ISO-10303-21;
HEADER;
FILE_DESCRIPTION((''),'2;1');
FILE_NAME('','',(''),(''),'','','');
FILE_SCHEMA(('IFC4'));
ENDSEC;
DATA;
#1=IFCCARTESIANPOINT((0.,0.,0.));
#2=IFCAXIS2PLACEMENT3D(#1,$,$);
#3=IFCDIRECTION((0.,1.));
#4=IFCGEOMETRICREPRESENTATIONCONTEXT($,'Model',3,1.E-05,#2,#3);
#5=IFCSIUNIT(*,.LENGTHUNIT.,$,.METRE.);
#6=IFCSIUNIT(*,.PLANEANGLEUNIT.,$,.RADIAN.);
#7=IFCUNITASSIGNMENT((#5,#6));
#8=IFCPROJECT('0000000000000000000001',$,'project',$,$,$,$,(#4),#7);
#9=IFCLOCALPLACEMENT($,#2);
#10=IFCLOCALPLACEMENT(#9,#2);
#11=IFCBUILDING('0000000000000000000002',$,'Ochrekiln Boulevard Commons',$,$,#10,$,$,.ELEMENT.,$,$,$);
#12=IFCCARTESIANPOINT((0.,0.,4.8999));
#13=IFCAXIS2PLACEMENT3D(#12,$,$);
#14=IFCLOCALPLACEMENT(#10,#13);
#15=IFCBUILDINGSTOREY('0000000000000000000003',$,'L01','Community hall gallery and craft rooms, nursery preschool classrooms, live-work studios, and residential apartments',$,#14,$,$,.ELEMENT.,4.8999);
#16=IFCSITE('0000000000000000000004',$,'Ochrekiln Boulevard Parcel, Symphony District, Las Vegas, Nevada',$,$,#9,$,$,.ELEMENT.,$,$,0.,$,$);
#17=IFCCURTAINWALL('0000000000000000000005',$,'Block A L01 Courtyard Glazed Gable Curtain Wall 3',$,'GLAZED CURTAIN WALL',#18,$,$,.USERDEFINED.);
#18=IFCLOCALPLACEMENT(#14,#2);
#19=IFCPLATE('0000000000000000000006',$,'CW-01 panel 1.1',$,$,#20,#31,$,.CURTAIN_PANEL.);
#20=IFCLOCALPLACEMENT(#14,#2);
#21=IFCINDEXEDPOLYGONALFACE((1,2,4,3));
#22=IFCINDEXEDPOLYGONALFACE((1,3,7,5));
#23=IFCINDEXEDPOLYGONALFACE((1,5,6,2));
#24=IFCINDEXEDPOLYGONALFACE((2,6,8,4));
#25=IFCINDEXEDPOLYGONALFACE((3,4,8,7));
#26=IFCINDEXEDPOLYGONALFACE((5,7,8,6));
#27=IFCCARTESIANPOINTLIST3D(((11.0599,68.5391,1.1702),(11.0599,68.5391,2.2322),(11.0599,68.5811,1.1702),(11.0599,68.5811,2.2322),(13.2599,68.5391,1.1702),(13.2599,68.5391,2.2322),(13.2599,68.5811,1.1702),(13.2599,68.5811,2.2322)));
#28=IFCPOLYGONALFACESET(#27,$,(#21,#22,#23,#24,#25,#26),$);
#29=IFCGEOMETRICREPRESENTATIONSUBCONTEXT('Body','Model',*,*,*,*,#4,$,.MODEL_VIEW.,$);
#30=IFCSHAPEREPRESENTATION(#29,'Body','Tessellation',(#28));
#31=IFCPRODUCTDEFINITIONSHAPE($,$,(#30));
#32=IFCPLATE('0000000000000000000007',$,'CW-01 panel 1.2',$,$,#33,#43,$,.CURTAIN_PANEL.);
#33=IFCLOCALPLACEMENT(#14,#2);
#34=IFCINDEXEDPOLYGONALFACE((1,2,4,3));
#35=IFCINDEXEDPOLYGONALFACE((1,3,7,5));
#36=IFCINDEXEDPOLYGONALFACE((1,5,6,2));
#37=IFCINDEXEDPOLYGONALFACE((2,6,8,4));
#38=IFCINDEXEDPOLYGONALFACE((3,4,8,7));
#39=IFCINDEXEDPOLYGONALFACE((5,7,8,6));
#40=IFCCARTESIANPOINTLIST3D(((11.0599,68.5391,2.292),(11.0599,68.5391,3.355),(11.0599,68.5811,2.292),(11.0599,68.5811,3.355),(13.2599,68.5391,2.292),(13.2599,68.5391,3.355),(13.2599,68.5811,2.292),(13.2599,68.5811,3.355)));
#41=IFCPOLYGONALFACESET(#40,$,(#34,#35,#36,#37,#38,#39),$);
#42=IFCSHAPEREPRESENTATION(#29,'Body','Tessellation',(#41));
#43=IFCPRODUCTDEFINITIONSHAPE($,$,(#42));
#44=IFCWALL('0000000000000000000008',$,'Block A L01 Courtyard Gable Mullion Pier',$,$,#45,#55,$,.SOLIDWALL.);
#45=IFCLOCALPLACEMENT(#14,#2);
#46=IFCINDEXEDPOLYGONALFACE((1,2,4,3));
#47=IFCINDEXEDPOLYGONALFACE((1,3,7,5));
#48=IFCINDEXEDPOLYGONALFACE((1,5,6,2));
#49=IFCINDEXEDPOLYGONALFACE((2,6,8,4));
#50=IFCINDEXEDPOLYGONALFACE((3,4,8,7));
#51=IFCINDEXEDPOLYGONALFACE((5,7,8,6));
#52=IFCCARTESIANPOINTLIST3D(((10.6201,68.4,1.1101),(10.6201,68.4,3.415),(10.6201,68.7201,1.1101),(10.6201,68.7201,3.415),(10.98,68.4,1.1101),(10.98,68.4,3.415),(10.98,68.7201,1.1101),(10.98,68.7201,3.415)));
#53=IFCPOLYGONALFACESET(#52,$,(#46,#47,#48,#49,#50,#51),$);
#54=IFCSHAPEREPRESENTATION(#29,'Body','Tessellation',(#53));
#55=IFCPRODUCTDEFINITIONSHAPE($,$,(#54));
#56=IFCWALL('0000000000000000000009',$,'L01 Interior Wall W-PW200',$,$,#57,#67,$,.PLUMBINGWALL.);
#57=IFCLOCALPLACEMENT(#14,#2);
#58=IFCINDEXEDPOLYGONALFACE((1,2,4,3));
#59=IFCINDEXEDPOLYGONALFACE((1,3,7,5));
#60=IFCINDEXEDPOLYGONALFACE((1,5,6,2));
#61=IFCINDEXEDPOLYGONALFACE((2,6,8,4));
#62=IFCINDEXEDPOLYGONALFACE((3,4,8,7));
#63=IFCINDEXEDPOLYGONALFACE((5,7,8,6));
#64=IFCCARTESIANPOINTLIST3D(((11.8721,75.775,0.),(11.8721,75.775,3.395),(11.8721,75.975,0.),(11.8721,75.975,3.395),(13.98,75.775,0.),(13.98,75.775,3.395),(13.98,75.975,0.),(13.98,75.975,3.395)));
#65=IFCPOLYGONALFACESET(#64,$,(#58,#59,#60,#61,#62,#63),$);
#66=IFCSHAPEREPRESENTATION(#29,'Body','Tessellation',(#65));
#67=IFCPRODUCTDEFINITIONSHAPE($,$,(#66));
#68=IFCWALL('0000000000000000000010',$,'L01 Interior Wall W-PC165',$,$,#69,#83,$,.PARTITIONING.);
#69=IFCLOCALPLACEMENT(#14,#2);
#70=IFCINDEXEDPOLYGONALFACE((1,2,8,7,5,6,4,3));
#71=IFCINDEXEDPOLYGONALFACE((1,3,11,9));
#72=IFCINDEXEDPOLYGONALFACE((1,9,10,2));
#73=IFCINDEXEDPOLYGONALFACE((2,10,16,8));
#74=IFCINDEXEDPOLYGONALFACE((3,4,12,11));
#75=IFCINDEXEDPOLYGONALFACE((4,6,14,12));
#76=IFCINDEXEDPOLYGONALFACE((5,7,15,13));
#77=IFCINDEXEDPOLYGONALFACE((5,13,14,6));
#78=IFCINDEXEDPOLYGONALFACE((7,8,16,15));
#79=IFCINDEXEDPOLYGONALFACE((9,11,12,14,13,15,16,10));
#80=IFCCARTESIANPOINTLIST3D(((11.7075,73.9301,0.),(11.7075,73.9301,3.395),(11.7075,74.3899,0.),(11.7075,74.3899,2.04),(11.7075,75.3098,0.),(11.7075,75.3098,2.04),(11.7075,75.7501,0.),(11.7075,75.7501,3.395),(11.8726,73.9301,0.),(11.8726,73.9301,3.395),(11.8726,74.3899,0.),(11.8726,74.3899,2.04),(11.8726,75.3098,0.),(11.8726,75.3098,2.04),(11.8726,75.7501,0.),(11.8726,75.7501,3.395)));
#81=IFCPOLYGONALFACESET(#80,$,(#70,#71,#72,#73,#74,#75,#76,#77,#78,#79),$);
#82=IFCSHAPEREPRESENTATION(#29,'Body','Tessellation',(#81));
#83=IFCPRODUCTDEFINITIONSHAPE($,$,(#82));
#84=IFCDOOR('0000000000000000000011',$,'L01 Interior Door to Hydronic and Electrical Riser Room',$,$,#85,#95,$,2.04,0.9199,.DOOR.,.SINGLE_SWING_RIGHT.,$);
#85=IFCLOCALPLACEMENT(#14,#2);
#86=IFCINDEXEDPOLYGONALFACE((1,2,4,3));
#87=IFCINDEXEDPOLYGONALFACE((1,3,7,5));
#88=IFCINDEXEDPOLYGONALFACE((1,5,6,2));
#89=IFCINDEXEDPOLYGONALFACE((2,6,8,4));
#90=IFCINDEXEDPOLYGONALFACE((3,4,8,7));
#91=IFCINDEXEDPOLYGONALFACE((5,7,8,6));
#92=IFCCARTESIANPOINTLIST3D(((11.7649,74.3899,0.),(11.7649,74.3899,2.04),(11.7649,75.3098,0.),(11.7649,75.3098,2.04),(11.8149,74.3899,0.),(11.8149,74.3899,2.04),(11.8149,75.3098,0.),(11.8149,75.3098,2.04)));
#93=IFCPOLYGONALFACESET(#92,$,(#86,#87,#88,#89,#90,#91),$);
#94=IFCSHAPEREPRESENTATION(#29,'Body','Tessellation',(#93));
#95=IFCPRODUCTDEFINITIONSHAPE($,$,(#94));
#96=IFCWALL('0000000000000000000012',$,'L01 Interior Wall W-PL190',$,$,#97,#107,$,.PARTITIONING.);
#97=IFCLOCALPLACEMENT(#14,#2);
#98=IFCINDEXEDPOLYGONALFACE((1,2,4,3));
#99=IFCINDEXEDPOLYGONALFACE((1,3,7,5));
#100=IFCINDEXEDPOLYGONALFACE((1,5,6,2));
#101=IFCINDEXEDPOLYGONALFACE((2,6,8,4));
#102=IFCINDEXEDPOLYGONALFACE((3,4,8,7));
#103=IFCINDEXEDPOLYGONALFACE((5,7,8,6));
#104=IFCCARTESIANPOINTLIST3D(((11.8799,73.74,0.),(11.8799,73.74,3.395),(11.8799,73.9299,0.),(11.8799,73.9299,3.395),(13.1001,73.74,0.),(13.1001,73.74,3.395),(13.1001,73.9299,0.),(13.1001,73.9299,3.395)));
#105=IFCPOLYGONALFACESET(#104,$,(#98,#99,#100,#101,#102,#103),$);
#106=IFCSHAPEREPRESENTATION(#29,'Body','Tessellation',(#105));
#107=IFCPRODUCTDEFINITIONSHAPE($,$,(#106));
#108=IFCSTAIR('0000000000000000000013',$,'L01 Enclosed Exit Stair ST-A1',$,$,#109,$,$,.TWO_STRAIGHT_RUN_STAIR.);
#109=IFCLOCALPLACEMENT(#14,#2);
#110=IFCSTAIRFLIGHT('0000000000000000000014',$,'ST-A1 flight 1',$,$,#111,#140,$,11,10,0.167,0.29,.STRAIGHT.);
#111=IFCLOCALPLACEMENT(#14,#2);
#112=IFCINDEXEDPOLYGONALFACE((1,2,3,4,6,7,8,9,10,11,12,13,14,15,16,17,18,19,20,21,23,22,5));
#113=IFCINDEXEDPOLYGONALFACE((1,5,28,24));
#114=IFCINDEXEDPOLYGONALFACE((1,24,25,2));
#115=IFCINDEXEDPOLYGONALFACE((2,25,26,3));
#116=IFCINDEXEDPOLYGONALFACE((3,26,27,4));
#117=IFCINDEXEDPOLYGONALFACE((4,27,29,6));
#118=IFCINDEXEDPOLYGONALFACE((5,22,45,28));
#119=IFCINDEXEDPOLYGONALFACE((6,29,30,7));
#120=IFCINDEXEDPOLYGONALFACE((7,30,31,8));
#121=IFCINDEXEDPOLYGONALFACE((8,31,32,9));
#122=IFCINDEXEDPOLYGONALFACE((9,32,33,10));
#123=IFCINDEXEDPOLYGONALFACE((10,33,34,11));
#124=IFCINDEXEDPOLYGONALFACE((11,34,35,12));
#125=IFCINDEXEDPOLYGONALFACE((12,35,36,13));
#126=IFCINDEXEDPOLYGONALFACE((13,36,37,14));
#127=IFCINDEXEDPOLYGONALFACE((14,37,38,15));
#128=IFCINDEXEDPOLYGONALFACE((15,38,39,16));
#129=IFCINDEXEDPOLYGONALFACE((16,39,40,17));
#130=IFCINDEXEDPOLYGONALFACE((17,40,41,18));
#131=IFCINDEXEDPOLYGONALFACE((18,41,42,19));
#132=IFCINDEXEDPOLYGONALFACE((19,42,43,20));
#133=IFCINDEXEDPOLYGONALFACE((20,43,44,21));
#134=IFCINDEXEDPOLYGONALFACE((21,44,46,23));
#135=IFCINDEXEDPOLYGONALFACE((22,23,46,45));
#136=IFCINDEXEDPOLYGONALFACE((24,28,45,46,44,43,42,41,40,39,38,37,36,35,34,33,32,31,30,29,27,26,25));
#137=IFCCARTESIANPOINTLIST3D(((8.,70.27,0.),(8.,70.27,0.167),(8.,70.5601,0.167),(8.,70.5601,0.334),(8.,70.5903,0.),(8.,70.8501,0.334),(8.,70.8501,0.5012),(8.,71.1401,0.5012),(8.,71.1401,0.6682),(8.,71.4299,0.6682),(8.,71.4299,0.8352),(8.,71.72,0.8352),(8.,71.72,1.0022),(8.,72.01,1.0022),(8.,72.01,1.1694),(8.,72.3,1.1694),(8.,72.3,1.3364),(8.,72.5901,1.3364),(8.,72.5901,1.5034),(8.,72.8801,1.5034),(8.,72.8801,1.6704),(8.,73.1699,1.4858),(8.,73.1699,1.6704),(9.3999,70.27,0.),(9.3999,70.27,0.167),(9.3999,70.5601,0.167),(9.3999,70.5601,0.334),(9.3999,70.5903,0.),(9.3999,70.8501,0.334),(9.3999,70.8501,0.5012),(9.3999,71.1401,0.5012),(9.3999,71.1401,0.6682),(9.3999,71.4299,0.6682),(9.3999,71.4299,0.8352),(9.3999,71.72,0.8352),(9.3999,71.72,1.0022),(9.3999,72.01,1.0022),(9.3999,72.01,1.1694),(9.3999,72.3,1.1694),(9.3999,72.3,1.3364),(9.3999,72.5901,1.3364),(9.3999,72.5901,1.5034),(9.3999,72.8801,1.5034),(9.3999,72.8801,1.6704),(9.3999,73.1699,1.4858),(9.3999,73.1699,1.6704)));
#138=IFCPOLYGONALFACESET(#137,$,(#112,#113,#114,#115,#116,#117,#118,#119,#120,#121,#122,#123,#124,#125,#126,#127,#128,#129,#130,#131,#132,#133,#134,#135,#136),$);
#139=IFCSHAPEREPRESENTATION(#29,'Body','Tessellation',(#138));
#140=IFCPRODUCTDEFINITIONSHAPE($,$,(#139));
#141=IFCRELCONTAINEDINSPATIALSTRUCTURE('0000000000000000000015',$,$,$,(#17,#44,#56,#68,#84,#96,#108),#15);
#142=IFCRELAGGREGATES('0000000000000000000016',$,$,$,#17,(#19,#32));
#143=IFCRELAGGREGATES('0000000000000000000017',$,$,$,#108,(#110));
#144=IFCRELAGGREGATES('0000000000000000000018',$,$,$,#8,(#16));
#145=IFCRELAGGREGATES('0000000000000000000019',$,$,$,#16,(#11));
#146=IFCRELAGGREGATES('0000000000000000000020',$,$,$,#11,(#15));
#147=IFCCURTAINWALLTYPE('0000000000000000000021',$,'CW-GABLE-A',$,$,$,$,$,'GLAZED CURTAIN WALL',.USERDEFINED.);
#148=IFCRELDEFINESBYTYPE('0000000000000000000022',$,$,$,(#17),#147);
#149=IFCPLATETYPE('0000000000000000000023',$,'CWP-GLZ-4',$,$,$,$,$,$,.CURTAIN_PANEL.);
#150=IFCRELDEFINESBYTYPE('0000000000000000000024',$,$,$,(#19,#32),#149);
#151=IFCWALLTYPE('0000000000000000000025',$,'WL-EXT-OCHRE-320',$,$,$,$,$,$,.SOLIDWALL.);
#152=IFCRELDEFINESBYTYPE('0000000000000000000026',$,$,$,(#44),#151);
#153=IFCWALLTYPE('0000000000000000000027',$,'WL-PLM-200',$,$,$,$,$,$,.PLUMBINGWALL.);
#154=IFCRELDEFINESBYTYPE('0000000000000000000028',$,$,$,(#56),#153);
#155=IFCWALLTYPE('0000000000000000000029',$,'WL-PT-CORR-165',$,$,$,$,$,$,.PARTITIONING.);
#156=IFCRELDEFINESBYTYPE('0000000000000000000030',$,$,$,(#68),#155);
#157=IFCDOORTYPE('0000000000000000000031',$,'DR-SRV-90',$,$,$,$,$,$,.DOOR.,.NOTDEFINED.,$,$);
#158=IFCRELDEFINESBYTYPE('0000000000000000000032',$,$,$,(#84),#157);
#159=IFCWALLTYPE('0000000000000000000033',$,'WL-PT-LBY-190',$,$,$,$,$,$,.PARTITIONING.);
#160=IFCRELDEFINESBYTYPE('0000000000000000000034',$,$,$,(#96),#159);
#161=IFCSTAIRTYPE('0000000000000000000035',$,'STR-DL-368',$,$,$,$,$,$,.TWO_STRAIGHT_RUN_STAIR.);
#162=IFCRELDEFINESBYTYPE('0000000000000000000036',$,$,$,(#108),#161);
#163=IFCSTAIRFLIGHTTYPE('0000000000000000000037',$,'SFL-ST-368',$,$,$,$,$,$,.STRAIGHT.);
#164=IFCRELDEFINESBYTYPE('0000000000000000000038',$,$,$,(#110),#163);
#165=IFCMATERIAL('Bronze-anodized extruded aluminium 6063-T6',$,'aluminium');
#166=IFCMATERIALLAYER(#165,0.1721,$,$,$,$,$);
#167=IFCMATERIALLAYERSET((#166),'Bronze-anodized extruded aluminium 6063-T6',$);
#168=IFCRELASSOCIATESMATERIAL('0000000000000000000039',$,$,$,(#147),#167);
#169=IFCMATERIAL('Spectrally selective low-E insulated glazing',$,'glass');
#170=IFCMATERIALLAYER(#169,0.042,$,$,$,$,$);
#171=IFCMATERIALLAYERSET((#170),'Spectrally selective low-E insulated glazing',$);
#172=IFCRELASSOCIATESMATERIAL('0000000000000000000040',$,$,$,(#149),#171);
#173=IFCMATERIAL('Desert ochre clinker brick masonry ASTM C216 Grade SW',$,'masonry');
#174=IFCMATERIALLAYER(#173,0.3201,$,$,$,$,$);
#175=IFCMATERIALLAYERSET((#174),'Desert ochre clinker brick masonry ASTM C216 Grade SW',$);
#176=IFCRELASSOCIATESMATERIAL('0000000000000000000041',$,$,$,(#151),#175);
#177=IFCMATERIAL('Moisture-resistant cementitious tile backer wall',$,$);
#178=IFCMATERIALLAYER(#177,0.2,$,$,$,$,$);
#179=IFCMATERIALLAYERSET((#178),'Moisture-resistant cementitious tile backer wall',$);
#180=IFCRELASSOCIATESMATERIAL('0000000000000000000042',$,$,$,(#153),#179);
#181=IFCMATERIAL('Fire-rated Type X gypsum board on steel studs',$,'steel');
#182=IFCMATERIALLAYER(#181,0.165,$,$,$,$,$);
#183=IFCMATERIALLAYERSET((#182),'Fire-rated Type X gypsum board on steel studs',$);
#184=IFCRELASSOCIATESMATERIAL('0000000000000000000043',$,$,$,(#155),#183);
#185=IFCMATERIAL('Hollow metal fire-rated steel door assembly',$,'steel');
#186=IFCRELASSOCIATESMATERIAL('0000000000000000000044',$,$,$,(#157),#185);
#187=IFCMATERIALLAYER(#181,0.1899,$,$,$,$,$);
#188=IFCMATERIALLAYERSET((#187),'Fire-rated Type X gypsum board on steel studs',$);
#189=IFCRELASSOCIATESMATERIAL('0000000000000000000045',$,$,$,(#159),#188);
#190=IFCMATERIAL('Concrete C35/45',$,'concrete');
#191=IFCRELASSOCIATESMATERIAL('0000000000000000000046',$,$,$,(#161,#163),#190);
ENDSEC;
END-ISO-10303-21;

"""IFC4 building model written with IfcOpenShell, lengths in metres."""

from ifc_helpers import new_model, si_unit, direction, frame, frame_2d, origin, origin_2d, place, context, subcontext, project, spatial, polyline, rectangle, outline, extrude, material, layer, layer_set, type_object, element, fill, aggregate, save


model = new_model("IFC4")

# Units and contexts
model_context = context("Model", 3, precision=1e-05, world=origin(), true_north=direction((0.0, 1.0)))
body_context = subcontext(model_context, "Body", "Model", "MODEL_VIEW")
ifc_project = project(units=[si_unit("LENGTHUNIT", "METRE"), si_unit("PLANEANGLEUNIT", "RADIAN")], contexts=[model_context])

# Site, building, storey
site_placement = place(None, origin())
site = spatial("IfcSite", under=ifc_project, at=site_placement, Name="Ochrekiln Boulevard Parcel, Symphony District, Las Vegas, Nevada", CompositionType="ELEMENT", RefElevation=0.0)
building_placement = place(site_placement, origin())
building = spatial("IfcBuilding", under=site, at=building_placement, Name="Ochrekiln Boulevard Commons", CompositionType="ELEMENT")
storey_placement = place(building_placement, frame((0.0, 0.0, 4.8999)))
storey = spatial("IfcBuildingStorey", under=building, at=storey_placement, Name="L01", Description="Community hall gallery and craft rooms, nursery preschool classrooms, live-work studios, and residential apartments", CompositionType="ELEMENT", Elevation=4.8999)

# Curtain wall
ifc_material_1 = material(Name="Bronze-anodized extruded aluminium 6063-T6", Category="aluminium")
ifc_layer_1 = layer(ifc_material_1, 0.1721)
ifc_layer_set_1 = layer_set([ifc_layer_1], Name="Bronze-anodized extruded aluminium 6063-T6")
curtain_wall_type = type_object("IfcCurtainWallType", Name="CW-GABLE-A", ElementType="GLAZED CURTAIN WALL", PredefinedType="USERDEFINED", material=ifc_layer_set_1)
curtain_wall_1_placement = place(storey_placement, origin())
curtain_wall_1 = element("IfcCurtainWall", 1, at=curtain_wall_1_placement, inside=storey, type_object=curtain_wall_type, Name="Block A L01 Courtyard Glazed Gable Curtain Wall 3", ObjectType="GLAZED CURTAIN WALL", PredefinedType="USERDEFINED")

# Plates
ifc_material_2 = material(Name="Spectrally selective low-E insulated glazing", Category="glass")
ifc_layer_2 = layer(ifc_material_2, 0.042)
ifc_layer_set_2 = layer_set([ifc_layer_2], Name="Spectrally selective low-E insulated glazing")
plate_type_1 = type_object("IfcPlateType", Name="CWP-GLZ-4", PredefinedType="CURTAIN_PANEL", material=ifc_layer_set_2)
plate_1_placement = place(storey_placement, frame((12.1599, 68.5601, 1.1702), z_axis=(0.0, 0.0, 1.0), x_axis=(1.0, 0.0, 0.0)))
plate_1 = element("IfcPlate", 2, at=plate_1_placement, type_object=plate_type_1, Name="CW-01 panel 1.1", PredefinedType="CURTAIN_PANEL", context=body_context, shape_type="SweptSolid", body=[
    extrude(rectangle(XDim=2.2, YDim=0.042, at=origin_2d()), origin(), (0.0, 0.0, 1.0), 1.062),
])
plate_2_placement = place(storey_placement, frame((12.1599, 68.5601, 2.292), z_axis=(0.0, 0.0, 1.0), x_axis=(1.0, 0.0, 0.0)))
plate_2 = element("IfcPlate", 3, at=plate_2_placement, type_object=plate_type_1, Name="CW-01 panel 1.2", PredefinedType="CURTAIN_PANEL", context=body_context, shape_type="SweptSolid", body=[
    extrude(rectangle(XDim=2.2, YDim=0.042, at=origin_2d()), origin(), (0.0, 0.0, 1.0), 1.063),
])
aggregate(curtain_wall_1, [plate_1, plate_2])

# Walls
ifc_material_3 = material(Name="Desert ochre clinker brick masonry ASTM C216 Grade SW", Category="masonry")
ifc_layer_3 = layer(ifc_material_3, 0.3201)
ifc_layer_set_3 = layer_set([ifc_layer_3], Name="Desert ochre clinker brick masonry ASTM C216 Grade SW")
wall_type_1 = type_object("IfcWallType", Name="WL-EXT-OCHRE-320", PredefinedType="SOLIDWALL", material=ifc_layer_set_3)
wall_1_placement = place(storey_placement, frame((10.6201, 68.5601, 1.1101), z_axis=(0.0, 0.0, 1.0), x_axis=(1.0, 0.0, 0.0)))
element("IfcWall", 4, at=wall_1_placement, inside=storey, type_object=wall_type_1, Name="Block A L01 Courtyard Gable Mullion Pier", PredefinedType="SOLIDWALL", context=body_context, shape_type="SweptSolid", body=[
    extrude(rectangle(XDim=0.3599, YDim=0.3201, at=frame_2d((0.1799, 0.0))), origin(), (0.0, 0.0, 1.0), 2.3049),
])
ifc_material_4 = material(Name="Moisture-resistant cementitious tile backer wall")
ifc_layer_4 = layer(ifc_material_4, 0.2)
ifc_layer_set_4 = layer_set([ifc_layer_4], Name="Moisture-resistant cementitious tile backer wall")
wall_type_2 = type_object("IfcWallType", Name="WL-PLM-200", PredefinedType="PLUMBINGWALL", material=ifc_layer_set_4)
wall_2_placement = place(storey_placement, frame((11.8721, 75.875, 0.0), z_axis=(0.0, 0.0, 1.0), x_axis=(1.0, 0.0, 0.0)))
element("IfcWall", 5, at=wall_2_placement, inside=storey, type_object=wall_type_2, Name="L01 Interior Wall W-PW200", PredefinedType="PLUMBINGWALL", context=body_context, shape_type="SweptSolid", body=[
    extrude(rectangle(XDim=2.1079, YDim=0.2, at=frame_2d((1.054, 0.0))), origin(), (0.0, 0.0, 1.0), 3.395),
])

# Wall, opening, door
ifc_material_5 = material(Name="Fire-rated Type X gypsum board on steel studs", Category="steel")
ifc_layer_5 = layer(ifc_material_5, 0.165)
ifc_layer_set_5 = layer_set([ifc_layer_5], Name="Fire-rated Type X gypsum board on steel studs")
wall_type_3 = type_object("IfcWallType", Name="WL-PT-CORR-165", PredefinedType="PARTITIONING", material=ifc_layer_set_5)
wall_3_placement = place(storey_placement, frame((11.79, 73.9299, 0.0), z_axis=(0.0, 0.0, 1.0), x_axis=(0.0, 1.0, 0.0)))
wall_3 = element("IfcWall", 6, at=wall_3_placement, inside=storey, type_object=wall_type_3, Name="L01 Interior Wall W-PC165", PredefinedType="PARTITIONING", context=body_context, shape_type="SweptSolid", body=[
    extrude(rectangle(XDim=1.8201, YDim=0.165, at=frame_2d((0.9102, 0.0))), origin(), (0.0, 0.0, 1.0), 3.395),
])
opening_1_placement = place(wall_3_placement, frame((0.46, 0.0, 0.0)))
opening_1 = element("IfcOpeningElement", 7, at=opening_1_placement, cuts=wall_3, PredefinedType="OPENING", context=body_context, shape_type="SweptSolid", body=[
    extrude(rectangle(XDim=0.9199, YDim=2.04, at=frame_2d((0.46, 1.02))), frame((0.0, 0.0925, 0.0), z_axis=(0.0, -1.0, 0.0), x_axis=(1.0, 0.0, 0.0)), (0.0, 0.0, 1.0), 0.1851),
])
ifc_material_6 = material(Name="Hollow metal fire-rated steel door assembly", Category="steel")
door_type_1 = type_object("IfcDoorType", Name="DR-SRV-90", OperationType="NOTDEFINED", PredefinedType="DOOR", material=ifc_material_6)
door_1_placement = place(opening_1_placement, frame((0.9199, 0.0, 0.0), z_axis=(0.0, 0.0, 1.0), x_axis=(-1.0, 0.0, 0.0)))
door_1 = element("IfcDoor", 8, at=door_1_placement, inside=storey, type_object=door_type_1, Name="L01 Interior Door to Hydronic and Electrical Riser Room", OperationType="SINGLE_SWING_RIGHT", OverallHeight=2.04, OverallWidth=0.9199, PredefinedType="DOOR", context=body_context, shape_type="SweptSolid", body=[
    extrude(rectangle(XDim=0.9199, YDim=2.04, at=frame_2d((0.46, 1.02))), frame((0.0, 0.0249, 0.0), z_axis=(0.0, -1.0, 0.0), x_axis=(1.0, 0.0, 0.0)), (0.0, 0.0, 1.0), 0.05),
])
fill(opening_1, door_1)

# Wall
ifc_layer_6 = layer(ifc_material_5, 0.1899)
ifc_layer_set_6 = layer_set([ifc_layer_6], Name="Fire-rated Type X gypsum board on steel studs")
wall_type_4 = type_object("IfcWallType", Name="WL-PT-LBY-190", PredefinedType="PARTITIONING", material=ifc_layer_set_6)
wall_4_placement = place(storey_placement, frame((11.8799, 73.835, 0.0), z_axis=(0.0, 0.0, 1.0), x_axis=(1.0, 0.0, 0.0)))
element("IfcWall", 9, at=wall_4_placement, inside=storey, type_object=wall_type_4, Name="L01 Interior Wall W-PL190", PredefinedType="PARTITIONING", context=body_context, shape_type="SweptSolid", body=[
    extrude(rectangle(XDim=1.2202, YDim=0.1899, at=frame_2d((0.6101, 0.0))), origin(), (0.0, 0.0, 1.0), 3.395),
])

# Stair, stair flight
ifc_material_7 = material(Name="Concrete C35/45", Category="concrete")
stair_type = type_object("IfcStairType", Name="STR-DL-368", PredefinedType="TWO_STRAIGHT_RUN_STAIR", material=ifc_material_7)
stair_placement = place(storey_placement, origin())
stair = element("IfcStair", 10, at=stair_placement, inside=storey, type_object=stair_type, Name="L01 Enclosed Exit Stair ST-A1", PredefinedType="TWO_STRAIGHT_RUN_STAIR")
stair_flight_type = type_object("IfcStairFlightType", Name="SFL-ST-368", PredefinedType="STRAIGHT", material=ifc_material_7)
stair_flight_placement = place(storey_placement, frame((8.7, 70.27, 0.0), z_axis=(0.0, 0.0, 1.0), x_axis=(0.0, 1.0, 0.0)))
stair_flight = element("IfcStairFlight", 11, at=stair_flight_placement, type_object=stair_flight_type, Name="ST-A1 flight 1", NumberOfRisers=11, NumberOfTreads=10, PredefinedType="STRAIGHT", RiserHeight=0.167, TreadLength=0.29, context=body_context, shape_type="SweptSolid", body=[
    extrude(outline(polyline([(0.0, 0.0), (0.0, 0.167), (0.29, 0.167), (0.29, 0.334), (0.5801, 0.334), (0.5801, 0.5012), (0.8701, 0.5012), (0.8701, 0.6682), (1.1599, 0.6682), (1.1599, 0.8352), (1.45, 0.8352), (1.45, 1.0022), (1.74, 1.0022), (1.74, 1.1694), (2.03, 1.1694), (2.03, 1.3364), (2.3201, 1.3364), (2.3201, 1.5034), (2.6101, 1.5034), (2.6101, 1.6704), (2.8999, 1.6704), (2.8999, 1.8374), (2.8999, 1.4858), (0.3203, 0.0), (0.0, 0.0)])), frame((0.0, 0.7, 0.0), z_axis=(0.0, -1.0, 0.0), x_axis=(1.0, 0.0, 0.0)), (0.0, 0.0, 1.0), 1.3999),
])
aggregate(stair, [stair_flight])

save(model, "model.ifc")
